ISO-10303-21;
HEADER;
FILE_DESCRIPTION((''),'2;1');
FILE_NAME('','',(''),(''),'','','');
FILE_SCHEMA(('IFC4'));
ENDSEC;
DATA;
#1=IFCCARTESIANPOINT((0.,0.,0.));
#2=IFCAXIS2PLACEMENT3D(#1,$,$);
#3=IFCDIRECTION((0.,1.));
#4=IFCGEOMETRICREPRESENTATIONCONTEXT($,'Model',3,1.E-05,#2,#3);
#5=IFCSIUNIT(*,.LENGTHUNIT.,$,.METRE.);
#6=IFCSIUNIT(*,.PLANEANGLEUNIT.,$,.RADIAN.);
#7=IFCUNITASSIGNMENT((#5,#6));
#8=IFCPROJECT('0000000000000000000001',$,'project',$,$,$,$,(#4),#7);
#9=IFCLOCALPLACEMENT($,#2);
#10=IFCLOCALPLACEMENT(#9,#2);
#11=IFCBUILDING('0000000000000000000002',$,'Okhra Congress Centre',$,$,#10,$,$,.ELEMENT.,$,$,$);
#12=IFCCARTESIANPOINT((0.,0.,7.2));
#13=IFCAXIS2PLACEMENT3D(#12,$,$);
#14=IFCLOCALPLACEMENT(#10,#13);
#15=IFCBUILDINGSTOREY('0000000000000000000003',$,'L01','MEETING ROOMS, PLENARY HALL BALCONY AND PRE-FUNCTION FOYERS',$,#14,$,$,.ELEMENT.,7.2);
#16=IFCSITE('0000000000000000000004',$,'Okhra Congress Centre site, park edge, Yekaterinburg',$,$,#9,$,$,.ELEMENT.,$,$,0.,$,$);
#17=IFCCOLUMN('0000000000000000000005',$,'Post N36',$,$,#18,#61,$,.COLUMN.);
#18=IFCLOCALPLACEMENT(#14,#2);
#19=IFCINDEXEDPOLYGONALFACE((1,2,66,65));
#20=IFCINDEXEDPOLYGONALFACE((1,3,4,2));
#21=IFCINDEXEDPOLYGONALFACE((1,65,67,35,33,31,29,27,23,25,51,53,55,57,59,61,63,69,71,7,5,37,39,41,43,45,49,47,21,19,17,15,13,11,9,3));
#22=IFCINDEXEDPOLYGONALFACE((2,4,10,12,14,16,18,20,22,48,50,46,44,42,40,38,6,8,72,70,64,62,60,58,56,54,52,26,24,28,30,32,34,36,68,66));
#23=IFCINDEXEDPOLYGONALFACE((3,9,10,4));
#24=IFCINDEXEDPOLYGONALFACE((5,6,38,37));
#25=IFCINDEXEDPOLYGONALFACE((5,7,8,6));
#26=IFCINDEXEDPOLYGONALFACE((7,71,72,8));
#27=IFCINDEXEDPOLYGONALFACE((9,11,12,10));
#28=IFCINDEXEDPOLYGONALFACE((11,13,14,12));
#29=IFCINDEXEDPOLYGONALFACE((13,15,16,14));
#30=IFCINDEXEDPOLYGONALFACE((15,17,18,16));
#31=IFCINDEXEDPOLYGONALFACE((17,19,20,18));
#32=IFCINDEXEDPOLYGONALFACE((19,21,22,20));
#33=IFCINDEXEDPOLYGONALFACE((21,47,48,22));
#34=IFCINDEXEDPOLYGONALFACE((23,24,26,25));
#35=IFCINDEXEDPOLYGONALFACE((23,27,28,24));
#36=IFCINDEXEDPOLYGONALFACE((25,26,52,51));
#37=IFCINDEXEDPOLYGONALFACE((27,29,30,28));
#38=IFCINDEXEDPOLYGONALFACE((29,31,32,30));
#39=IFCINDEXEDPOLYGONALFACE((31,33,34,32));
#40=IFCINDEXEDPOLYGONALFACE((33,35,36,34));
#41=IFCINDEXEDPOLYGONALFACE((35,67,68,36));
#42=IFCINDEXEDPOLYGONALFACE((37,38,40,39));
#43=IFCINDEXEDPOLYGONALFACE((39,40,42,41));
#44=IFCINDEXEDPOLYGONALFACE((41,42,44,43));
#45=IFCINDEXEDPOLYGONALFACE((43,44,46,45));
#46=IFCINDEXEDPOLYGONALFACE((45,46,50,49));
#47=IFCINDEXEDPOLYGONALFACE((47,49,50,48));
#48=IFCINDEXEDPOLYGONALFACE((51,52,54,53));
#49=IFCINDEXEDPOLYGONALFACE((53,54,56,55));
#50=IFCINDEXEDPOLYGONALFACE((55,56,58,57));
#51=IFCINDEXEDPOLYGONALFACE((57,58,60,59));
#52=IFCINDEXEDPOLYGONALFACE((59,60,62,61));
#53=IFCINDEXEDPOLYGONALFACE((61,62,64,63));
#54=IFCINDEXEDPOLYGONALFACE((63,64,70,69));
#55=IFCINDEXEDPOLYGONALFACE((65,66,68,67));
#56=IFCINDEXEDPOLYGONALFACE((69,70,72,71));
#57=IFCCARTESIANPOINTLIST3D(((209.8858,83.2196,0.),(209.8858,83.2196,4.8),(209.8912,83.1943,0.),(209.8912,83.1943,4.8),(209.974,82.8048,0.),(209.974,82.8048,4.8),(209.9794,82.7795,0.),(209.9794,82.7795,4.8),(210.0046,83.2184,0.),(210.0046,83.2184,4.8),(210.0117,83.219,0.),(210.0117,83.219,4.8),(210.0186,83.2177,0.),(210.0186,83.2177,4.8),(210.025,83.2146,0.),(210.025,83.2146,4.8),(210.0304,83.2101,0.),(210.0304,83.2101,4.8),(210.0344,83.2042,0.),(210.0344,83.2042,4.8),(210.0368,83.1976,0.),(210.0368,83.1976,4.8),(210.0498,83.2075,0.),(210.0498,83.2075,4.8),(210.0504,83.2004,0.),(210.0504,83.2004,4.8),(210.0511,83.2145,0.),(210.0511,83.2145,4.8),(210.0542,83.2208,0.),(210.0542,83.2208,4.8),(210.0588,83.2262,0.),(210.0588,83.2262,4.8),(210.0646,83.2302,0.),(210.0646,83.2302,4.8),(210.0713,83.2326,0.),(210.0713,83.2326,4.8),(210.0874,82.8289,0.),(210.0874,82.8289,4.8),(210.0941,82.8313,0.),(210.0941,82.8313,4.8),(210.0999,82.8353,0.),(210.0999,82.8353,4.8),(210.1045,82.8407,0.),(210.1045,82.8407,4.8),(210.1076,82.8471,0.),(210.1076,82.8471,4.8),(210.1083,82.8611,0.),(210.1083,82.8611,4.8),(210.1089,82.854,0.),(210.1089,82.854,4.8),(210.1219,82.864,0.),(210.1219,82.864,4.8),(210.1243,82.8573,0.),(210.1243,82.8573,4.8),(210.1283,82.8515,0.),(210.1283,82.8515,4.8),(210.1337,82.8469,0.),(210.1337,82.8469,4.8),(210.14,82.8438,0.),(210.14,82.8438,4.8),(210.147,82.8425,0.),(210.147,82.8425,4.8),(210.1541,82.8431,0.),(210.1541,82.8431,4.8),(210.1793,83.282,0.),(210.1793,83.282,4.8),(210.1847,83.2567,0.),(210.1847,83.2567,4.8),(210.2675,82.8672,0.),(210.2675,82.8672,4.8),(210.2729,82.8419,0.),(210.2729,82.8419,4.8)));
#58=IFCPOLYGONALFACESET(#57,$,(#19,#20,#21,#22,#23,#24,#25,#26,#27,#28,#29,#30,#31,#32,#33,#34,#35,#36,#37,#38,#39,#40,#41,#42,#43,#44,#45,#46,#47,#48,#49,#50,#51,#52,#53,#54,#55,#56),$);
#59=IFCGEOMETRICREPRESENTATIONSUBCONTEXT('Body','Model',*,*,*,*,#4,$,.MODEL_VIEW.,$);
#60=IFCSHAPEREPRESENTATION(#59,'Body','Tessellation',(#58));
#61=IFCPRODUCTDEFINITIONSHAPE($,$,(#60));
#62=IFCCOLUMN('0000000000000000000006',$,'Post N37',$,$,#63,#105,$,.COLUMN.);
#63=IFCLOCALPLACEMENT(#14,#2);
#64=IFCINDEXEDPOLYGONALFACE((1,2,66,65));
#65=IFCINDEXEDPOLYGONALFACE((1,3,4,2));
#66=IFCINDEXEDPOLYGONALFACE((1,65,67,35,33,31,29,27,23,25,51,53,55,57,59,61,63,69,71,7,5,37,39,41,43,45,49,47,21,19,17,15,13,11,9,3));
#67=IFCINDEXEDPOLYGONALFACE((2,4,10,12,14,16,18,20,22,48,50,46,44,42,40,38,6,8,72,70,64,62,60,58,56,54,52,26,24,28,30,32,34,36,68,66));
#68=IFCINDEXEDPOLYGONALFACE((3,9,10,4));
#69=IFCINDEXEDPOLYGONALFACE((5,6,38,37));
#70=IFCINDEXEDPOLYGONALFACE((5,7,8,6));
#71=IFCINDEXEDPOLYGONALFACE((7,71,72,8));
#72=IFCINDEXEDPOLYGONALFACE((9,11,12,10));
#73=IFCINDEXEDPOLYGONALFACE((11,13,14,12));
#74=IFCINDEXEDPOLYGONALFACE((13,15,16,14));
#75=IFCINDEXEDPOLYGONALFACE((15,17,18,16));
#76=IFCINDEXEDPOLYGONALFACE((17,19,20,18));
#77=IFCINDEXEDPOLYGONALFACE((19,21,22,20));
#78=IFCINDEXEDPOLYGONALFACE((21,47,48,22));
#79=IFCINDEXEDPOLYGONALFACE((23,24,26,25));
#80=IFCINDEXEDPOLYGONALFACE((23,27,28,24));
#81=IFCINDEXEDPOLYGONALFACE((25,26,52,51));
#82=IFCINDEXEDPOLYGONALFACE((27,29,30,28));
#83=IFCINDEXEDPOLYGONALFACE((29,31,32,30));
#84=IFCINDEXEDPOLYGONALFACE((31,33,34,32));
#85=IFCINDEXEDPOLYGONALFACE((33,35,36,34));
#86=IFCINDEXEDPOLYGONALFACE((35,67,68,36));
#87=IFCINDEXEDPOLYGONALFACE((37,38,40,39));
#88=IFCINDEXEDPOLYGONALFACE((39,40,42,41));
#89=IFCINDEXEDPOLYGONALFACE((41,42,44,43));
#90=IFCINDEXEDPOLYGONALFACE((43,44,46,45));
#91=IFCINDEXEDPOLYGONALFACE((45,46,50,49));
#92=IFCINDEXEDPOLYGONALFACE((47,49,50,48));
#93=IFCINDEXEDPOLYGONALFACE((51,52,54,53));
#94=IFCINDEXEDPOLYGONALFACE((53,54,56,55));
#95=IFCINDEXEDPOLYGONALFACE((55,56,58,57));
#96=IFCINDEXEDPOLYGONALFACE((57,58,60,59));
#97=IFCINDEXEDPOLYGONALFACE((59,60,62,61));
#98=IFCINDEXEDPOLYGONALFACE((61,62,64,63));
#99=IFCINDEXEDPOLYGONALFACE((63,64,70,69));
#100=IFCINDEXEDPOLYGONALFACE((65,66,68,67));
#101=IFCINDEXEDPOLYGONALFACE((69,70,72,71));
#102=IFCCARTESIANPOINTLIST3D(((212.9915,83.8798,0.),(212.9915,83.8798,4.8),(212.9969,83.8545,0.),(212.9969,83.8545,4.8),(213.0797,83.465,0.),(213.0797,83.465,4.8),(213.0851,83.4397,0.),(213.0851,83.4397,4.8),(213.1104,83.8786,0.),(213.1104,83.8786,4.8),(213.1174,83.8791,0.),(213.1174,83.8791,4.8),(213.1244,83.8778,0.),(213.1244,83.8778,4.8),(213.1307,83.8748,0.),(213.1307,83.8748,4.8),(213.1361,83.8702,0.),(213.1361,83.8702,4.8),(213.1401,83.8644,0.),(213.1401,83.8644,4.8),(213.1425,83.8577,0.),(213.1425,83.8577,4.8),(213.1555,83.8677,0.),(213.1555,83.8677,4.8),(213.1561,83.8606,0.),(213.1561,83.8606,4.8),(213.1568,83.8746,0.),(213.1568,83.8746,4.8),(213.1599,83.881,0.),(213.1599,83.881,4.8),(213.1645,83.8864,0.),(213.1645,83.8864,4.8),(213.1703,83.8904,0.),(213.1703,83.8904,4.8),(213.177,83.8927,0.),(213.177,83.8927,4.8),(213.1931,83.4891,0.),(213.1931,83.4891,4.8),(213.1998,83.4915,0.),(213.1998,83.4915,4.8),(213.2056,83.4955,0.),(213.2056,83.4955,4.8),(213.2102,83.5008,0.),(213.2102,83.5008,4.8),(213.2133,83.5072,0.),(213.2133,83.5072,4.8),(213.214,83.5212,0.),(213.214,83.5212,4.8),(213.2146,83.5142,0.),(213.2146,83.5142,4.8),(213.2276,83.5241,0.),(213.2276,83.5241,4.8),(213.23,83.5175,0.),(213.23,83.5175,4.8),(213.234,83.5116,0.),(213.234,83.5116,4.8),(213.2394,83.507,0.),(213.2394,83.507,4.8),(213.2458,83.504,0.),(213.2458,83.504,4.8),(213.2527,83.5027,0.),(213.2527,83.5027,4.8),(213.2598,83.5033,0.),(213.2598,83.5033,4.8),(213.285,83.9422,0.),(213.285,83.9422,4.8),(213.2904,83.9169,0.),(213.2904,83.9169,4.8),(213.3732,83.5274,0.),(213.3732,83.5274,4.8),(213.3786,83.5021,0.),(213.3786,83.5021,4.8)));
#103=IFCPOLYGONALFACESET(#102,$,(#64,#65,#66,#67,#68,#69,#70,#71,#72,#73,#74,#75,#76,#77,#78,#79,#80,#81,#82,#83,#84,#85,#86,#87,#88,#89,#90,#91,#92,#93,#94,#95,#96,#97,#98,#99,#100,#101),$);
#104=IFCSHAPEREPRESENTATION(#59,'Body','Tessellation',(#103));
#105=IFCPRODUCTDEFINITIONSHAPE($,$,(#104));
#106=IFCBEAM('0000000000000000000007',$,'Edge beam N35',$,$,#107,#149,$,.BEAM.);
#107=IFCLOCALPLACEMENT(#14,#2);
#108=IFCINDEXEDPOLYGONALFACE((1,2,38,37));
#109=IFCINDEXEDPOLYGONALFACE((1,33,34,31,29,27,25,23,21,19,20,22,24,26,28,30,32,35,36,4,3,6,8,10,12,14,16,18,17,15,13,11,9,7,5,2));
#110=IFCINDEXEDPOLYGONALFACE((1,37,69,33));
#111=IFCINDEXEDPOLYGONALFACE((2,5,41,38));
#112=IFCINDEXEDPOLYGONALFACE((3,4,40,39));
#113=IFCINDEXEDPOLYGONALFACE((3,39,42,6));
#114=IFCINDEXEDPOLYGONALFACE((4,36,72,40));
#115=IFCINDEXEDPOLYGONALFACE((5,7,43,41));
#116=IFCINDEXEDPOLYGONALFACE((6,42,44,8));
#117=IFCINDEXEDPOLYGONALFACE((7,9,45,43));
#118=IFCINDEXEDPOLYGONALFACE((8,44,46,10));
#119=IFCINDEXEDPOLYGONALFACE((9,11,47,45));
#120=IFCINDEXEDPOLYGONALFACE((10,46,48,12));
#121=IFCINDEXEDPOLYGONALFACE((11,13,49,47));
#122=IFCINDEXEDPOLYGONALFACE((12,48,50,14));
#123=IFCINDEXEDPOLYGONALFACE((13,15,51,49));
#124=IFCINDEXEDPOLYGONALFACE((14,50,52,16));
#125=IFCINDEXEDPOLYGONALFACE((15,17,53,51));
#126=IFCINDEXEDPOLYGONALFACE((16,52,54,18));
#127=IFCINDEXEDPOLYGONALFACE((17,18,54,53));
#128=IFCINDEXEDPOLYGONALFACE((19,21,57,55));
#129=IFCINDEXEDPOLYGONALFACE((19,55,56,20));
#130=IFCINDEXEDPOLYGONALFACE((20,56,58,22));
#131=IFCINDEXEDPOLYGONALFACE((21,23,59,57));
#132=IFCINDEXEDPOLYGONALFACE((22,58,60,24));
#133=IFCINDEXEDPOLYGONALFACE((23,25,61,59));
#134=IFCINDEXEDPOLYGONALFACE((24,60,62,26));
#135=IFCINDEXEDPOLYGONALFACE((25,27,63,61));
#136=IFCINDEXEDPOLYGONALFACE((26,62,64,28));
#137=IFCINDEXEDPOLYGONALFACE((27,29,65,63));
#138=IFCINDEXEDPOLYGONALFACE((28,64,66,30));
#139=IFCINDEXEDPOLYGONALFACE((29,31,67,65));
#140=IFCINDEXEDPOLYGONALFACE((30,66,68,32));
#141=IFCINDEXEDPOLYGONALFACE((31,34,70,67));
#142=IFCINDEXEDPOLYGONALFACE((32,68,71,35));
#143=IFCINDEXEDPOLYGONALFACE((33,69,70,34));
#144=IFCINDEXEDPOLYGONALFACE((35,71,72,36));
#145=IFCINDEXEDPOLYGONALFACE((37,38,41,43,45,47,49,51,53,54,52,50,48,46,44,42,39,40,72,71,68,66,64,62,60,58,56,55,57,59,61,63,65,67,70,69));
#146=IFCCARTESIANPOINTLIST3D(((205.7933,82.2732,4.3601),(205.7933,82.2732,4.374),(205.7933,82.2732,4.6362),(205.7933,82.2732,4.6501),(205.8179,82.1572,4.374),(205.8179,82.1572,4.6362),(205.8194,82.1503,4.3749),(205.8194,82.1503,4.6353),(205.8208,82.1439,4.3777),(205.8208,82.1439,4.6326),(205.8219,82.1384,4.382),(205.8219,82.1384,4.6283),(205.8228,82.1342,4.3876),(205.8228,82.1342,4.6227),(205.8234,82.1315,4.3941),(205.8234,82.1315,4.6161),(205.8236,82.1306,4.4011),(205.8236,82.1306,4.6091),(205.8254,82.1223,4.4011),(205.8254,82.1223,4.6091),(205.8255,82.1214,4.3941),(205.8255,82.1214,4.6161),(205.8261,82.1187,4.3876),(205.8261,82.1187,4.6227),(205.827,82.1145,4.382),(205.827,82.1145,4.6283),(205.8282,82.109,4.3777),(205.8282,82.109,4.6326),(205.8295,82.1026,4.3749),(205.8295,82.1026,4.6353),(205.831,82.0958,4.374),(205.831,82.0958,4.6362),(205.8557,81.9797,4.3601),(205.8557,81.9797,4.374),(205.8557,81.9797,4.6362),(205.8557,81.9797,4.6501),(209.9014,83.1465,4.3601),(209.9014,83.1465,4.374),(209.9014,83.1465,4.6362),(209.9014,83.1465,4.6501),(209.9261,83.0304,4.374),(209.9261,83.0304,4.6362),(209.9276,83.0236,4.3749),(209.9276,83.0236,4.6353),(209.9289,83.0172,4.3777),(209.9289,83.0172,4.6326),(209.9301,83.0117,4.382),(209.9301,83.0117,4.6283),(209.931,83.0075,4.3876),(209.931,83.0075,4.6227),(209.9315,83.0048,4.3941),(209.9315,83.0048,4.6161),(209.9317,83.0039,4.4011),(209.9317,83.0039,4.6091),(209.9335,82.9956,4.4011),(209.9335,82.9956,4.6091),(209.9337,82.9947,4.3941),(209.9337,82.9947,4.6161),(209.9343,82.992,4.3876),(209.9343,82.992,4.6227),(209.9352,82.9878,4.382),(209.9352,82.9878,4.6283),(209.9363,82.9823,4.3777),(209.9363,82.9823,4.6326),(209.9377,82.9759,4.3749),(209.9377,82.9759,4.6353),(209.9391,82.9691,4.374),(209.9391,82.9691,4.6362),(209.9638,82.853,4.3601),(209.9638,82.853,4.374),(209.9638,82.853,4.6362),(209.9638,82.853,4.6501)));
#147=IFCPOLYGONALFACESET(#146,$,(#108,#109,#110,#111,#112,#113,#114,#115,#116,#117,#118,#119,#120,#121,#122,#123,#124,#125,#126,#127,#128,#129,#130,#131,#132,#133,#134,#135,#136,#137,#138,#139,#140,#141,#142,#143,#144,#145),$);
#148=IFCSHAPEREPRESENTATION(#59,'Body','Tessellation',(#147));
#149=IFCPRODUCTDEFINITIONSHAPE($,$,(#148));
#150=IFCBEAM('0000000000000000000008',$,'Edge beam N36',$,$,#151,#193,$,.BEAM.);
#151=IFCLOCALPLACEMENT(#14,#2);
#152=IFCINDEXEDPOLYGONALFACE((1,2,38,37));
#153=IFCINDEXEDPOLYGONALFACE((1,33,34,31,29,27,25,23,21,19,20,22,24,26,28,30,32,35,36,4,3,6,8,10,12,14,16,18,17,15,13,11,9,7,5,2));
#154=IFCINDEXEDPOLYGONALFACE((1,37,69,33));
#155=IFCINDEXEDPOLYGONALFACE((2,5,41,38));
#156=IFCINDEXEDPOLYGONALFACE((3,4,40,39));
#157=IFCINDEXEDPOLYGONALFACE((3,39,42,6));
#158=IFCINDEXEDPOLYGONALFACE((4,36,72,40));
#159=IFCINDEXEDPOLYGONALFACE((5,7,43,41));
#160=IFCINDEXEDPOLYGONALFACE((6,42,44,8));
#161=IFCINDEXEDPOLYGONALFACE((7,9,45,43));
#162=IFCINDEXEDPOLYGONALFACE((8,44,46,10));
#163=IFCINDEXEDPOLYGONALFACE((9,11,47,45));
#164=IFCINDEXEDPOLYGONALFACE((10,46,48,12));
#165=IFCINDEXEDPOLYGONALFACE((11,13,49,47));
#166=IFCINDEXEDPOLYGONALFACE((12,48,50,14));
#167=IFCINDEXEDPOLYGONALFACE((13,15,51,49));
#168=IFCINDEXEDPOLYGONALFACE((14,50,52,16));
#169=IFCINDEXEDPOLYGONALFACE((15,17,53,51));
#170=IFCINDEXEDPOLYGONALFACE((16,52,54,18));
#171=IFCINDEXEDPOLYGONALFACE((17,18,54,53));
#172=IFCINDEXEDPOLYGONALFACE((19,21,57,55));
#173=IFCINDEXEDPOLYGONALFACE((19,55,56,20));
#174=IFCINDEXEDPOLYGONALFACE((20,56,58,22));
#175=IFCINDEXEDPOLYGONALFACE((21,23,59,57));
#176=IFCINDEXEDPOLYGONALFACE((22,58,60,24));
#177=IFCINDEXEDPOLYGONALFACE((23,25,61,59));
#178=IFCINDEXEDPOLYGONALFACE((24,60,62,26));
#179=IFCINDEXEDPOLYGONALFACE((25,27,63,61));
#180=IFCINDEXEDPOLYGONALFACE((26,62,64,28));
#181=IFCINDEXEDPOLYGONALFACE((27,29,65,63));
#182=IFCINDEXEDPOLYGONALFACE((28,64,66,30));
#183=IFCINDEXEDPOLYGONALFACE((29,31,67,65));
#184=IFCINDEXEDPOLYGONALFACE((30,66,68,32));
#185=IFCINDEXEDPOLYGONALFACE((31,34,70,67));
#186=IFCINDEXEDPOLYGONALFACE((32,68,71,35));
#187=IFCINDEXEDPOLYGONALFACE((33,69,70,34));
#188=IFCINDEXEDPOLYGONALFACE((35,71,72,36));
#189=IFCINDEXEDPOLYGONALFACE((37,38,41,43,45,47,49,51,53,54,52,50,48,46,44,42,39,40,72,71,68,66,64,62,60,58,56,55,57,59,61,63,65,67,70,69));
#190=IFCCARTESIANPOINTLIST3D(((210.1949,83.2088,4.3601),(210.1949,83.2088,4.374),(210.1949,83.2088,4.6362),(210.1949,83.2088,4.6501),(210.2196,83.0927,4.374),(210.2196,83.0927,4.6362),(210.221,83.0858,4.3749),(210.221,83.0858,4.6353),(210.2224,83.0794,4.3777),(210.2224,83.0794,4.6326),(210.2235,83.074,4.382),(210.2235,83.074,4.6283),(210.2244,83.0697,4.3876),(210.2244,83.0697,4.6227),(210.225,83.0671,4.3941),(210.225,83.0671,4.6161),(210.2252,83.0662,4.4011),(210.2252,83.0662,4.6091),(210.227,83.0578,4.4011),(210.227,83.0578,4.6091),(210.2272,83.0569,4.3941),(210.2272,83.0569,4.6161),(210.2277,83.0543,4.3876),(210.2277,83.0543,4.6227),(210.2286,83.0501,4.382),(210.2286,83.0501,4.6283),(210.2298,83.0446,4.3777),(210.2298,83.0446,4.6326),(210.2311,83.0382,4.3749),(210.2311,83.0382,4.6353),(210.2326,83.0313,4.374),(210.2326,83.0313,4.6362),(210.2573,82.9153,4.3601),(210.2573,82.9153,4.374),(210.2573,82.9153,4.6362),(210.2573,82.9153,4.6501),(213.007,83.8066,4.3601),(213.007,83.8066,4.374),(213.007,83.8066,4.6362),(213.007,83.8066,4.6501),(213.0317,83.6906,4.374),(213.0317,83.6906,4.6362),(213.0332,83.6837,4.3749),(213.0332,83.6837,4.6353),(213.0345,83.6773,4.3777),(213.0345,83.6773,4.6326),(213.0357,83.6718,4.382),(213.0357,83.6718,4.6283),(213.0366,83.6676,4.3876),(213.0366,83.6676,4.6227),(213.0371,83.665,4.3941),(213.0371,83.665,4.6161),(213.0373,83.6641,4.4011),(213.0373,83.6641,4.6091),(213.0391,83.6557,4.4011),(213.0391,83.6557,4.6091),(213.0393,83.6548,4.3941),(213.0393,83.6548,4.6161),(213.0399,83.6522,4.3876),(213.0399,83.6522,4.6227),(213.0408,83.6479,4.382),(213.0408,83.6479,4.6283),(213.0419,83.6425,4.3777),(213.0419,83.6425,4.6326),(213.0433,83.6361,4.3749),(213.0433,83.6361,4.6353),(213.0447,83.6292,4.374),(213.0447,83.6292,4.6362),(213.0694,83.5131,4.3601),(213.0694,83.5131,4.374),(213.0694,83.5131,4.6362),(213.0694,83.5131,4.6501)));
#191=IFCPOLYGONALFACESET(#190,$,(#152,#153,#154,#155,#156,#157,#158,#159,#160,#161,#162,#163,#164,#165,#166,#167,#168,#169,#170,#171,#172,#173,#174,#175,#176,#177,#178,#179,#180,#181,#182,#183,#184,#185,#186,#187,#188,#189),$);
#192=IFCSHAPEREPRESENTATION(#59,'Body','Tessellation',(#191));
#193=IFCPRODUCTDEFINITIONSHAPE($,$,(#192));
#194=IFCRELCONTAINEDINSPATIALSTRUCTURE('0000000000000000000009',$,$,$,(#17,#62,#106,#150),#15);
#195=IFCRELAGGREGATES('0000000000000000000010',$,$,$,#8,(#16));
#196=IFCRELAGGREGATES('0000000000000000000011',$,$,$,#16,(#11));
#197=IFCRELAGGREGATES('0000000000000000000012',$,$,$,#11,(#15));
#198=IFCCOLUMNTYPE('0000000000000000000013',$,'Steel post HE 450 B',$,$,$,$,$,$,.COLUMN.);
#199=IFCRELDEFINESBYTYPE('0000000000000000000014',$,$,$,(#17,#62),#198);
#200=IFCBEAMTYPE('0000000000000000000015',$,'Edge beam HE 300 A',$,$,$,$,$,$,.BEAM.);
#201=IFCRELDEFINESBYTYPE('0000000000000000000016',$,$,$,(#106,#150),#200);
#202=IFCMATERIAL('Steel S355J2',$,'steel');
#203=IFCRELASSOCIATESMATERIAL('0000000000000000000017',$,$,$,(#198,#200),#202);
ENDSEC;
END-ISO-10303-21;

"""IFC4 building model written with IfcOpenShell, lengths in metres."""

from ifc_helpers import new_model, si_unit, direction, frame, origin, origin_2d, place, context, subcontext, project, spatial, i_section, extrude, material, material_profile, profile_set, type_object, element, save


model = new_model("IFC4")

# Units and contexts
model_context = context("Model", 3, precision=1e-05, world=origin(), true_north=direction((0.0, 1.0)))
body_context = subcontext(model_context, "Body", "Model", "MODEL_VIEW")
ifc_project = project(units=[si_unit("LENGTHUNIT", "METRE"), si_unit("PLANEANGLEUNIT", "RADIAN")], contexts=[model_context])

# Site, building, storey
site_placement = place(None, origin())
site = spatial("IfcSite", under=ifc_project, at=site_placement, Name="Okhra Congress Centre site, park edge, Yekaterinburg", CompositionType="ELEMENT", RefElevation=0.0)
building_placement = place(site_placement, origin())
building = spatial("IfcBuilding", under=site, at=building_placement, Name="Okhra Congress Centre", CompositionType="ELEMENT")
storey_placement = place(building_placement, frame((0.0, 0.0, 7.2)))
storey = spatial("IfcBuildingStorey", under=building, at=storey_placement, Name="L01", Description="MEETING ROOMS, PLENARY HALL BALCONY AND PRE-FUNCTION FOYERS", CompositionType="ELEMENT", Elevation=7.2)

# Columns
ifc_material_1 = material(Name="Steel S355J2", Category="steel")
ifc_material_profile_1 = material_profile(ifc_material_1, i_section(OverallWidth=0.3, OverallDepth=0.45, WebThickness=0.0139, FlangeThickness=0.0259, FilletRadius=0.0271, at=origin_2d()), Name="HE 450 B")
ifc_profile_set_1 = profile_set([ifc_material_profile_1], Name="Steel S355J2")
column_type = type_object("IfcColumnType", Name="Steel post HE 450 B", PredefinedType="COLUMN", material=ifc_profile_set_1)
for number, where, z_axis, x_axis, name in (
    (1, (210.0793, 83.0308, 0.0), (0.0, 0.0, 1.0), (0.978148, 0.207912, 0.0), "Post N36"),
    (2, (213.1851, 83.6909, 0.0), (0.0, 0.0, 1.0), (0.978148, 0.207912, 0.0), "Post N37"),
):
    element("IfcColumn", number, at=place(storey_placement, frame(where, z_axis=z_axis, x_axis=x_axis)), inside=storey, type_object=column_type, Name=name, PredefinedType="COLUMN", context=body_context, shape_type="SweptSolid", body=[
        extrude(i_section(OverallWidth=0.3, OverallDepth=0.45, WebThickness=0.0139, FlangeThickness=0.0259, FilletRadius=0.0271, at=origin_2d()), origin(), (0.0, 0.0, 1.0), 4.8),
    ])

# Beams
ifc_material_profile_2 = material_profile(ifc_material_1, i_section(OverallWidth=0.3, OverallDepth=0.29, WebThickness=0.0085, FlangeThickness=0.0139, FilletRadius=0.0271, at=origin_2d()), Name="HE 300 A")
ifc_profile_set_2 = profile_set([ifc_material_profile_2], Name="Steel S355J2")
beam_type = type_object("IfcBeamType", Name="Edge beam HE 300 A", PredefinedType="BEAM", material=ifc_profile_set_2)
beam_1_placement = place(storey_placement, frame((205.8245, 82.1265, 4.5051), z_axis=(0.978144, 0.207929, 0.0), x_axis=(-0.207929, 0.978144, 0.0)))
element("IfcBeam", 3, at=beam_1_placement, inside=storey, type_object=beam_type, Name="Edge beam N35", PredefinedType="BEAM", context=body_context, shape_type="SweptSolid", body=[
    extrude(i_section(OverallWidth=0.3, OverallDepth=0.29, WebThickness=0.0085, FlangeThickness=0.0139, FilletRadius=0.0271, at=origin_2d()), origin(), (0.0, 0.0, 1.0), 4.2),
])
beam_2_placement = place(storey_placement, frame((210.2261, 83.062, 4.5051), z_axis=(0.978138, 0.207957, 0.0), x_axis=(-0.207957, 0.978138, 0.0)))
element("IfcBeam", 4, at=beam_2_placement, inside=storey, type_object=beam_type, Name="Edge beam N36", PredefinedType="BEAM", context=body_context, shape_type="SweptSolid", body=[
    extrude(i_section(OverallWidth=0.3, OverallDepth=0.29, WebThickness=0.0085, FlangeThickness=0.0139, FilletRadius=0.0271, at=origin_2d()), origin(), (0.0, 0.0, 1.0), 2.875),
])

save(model, "model.ifc")
